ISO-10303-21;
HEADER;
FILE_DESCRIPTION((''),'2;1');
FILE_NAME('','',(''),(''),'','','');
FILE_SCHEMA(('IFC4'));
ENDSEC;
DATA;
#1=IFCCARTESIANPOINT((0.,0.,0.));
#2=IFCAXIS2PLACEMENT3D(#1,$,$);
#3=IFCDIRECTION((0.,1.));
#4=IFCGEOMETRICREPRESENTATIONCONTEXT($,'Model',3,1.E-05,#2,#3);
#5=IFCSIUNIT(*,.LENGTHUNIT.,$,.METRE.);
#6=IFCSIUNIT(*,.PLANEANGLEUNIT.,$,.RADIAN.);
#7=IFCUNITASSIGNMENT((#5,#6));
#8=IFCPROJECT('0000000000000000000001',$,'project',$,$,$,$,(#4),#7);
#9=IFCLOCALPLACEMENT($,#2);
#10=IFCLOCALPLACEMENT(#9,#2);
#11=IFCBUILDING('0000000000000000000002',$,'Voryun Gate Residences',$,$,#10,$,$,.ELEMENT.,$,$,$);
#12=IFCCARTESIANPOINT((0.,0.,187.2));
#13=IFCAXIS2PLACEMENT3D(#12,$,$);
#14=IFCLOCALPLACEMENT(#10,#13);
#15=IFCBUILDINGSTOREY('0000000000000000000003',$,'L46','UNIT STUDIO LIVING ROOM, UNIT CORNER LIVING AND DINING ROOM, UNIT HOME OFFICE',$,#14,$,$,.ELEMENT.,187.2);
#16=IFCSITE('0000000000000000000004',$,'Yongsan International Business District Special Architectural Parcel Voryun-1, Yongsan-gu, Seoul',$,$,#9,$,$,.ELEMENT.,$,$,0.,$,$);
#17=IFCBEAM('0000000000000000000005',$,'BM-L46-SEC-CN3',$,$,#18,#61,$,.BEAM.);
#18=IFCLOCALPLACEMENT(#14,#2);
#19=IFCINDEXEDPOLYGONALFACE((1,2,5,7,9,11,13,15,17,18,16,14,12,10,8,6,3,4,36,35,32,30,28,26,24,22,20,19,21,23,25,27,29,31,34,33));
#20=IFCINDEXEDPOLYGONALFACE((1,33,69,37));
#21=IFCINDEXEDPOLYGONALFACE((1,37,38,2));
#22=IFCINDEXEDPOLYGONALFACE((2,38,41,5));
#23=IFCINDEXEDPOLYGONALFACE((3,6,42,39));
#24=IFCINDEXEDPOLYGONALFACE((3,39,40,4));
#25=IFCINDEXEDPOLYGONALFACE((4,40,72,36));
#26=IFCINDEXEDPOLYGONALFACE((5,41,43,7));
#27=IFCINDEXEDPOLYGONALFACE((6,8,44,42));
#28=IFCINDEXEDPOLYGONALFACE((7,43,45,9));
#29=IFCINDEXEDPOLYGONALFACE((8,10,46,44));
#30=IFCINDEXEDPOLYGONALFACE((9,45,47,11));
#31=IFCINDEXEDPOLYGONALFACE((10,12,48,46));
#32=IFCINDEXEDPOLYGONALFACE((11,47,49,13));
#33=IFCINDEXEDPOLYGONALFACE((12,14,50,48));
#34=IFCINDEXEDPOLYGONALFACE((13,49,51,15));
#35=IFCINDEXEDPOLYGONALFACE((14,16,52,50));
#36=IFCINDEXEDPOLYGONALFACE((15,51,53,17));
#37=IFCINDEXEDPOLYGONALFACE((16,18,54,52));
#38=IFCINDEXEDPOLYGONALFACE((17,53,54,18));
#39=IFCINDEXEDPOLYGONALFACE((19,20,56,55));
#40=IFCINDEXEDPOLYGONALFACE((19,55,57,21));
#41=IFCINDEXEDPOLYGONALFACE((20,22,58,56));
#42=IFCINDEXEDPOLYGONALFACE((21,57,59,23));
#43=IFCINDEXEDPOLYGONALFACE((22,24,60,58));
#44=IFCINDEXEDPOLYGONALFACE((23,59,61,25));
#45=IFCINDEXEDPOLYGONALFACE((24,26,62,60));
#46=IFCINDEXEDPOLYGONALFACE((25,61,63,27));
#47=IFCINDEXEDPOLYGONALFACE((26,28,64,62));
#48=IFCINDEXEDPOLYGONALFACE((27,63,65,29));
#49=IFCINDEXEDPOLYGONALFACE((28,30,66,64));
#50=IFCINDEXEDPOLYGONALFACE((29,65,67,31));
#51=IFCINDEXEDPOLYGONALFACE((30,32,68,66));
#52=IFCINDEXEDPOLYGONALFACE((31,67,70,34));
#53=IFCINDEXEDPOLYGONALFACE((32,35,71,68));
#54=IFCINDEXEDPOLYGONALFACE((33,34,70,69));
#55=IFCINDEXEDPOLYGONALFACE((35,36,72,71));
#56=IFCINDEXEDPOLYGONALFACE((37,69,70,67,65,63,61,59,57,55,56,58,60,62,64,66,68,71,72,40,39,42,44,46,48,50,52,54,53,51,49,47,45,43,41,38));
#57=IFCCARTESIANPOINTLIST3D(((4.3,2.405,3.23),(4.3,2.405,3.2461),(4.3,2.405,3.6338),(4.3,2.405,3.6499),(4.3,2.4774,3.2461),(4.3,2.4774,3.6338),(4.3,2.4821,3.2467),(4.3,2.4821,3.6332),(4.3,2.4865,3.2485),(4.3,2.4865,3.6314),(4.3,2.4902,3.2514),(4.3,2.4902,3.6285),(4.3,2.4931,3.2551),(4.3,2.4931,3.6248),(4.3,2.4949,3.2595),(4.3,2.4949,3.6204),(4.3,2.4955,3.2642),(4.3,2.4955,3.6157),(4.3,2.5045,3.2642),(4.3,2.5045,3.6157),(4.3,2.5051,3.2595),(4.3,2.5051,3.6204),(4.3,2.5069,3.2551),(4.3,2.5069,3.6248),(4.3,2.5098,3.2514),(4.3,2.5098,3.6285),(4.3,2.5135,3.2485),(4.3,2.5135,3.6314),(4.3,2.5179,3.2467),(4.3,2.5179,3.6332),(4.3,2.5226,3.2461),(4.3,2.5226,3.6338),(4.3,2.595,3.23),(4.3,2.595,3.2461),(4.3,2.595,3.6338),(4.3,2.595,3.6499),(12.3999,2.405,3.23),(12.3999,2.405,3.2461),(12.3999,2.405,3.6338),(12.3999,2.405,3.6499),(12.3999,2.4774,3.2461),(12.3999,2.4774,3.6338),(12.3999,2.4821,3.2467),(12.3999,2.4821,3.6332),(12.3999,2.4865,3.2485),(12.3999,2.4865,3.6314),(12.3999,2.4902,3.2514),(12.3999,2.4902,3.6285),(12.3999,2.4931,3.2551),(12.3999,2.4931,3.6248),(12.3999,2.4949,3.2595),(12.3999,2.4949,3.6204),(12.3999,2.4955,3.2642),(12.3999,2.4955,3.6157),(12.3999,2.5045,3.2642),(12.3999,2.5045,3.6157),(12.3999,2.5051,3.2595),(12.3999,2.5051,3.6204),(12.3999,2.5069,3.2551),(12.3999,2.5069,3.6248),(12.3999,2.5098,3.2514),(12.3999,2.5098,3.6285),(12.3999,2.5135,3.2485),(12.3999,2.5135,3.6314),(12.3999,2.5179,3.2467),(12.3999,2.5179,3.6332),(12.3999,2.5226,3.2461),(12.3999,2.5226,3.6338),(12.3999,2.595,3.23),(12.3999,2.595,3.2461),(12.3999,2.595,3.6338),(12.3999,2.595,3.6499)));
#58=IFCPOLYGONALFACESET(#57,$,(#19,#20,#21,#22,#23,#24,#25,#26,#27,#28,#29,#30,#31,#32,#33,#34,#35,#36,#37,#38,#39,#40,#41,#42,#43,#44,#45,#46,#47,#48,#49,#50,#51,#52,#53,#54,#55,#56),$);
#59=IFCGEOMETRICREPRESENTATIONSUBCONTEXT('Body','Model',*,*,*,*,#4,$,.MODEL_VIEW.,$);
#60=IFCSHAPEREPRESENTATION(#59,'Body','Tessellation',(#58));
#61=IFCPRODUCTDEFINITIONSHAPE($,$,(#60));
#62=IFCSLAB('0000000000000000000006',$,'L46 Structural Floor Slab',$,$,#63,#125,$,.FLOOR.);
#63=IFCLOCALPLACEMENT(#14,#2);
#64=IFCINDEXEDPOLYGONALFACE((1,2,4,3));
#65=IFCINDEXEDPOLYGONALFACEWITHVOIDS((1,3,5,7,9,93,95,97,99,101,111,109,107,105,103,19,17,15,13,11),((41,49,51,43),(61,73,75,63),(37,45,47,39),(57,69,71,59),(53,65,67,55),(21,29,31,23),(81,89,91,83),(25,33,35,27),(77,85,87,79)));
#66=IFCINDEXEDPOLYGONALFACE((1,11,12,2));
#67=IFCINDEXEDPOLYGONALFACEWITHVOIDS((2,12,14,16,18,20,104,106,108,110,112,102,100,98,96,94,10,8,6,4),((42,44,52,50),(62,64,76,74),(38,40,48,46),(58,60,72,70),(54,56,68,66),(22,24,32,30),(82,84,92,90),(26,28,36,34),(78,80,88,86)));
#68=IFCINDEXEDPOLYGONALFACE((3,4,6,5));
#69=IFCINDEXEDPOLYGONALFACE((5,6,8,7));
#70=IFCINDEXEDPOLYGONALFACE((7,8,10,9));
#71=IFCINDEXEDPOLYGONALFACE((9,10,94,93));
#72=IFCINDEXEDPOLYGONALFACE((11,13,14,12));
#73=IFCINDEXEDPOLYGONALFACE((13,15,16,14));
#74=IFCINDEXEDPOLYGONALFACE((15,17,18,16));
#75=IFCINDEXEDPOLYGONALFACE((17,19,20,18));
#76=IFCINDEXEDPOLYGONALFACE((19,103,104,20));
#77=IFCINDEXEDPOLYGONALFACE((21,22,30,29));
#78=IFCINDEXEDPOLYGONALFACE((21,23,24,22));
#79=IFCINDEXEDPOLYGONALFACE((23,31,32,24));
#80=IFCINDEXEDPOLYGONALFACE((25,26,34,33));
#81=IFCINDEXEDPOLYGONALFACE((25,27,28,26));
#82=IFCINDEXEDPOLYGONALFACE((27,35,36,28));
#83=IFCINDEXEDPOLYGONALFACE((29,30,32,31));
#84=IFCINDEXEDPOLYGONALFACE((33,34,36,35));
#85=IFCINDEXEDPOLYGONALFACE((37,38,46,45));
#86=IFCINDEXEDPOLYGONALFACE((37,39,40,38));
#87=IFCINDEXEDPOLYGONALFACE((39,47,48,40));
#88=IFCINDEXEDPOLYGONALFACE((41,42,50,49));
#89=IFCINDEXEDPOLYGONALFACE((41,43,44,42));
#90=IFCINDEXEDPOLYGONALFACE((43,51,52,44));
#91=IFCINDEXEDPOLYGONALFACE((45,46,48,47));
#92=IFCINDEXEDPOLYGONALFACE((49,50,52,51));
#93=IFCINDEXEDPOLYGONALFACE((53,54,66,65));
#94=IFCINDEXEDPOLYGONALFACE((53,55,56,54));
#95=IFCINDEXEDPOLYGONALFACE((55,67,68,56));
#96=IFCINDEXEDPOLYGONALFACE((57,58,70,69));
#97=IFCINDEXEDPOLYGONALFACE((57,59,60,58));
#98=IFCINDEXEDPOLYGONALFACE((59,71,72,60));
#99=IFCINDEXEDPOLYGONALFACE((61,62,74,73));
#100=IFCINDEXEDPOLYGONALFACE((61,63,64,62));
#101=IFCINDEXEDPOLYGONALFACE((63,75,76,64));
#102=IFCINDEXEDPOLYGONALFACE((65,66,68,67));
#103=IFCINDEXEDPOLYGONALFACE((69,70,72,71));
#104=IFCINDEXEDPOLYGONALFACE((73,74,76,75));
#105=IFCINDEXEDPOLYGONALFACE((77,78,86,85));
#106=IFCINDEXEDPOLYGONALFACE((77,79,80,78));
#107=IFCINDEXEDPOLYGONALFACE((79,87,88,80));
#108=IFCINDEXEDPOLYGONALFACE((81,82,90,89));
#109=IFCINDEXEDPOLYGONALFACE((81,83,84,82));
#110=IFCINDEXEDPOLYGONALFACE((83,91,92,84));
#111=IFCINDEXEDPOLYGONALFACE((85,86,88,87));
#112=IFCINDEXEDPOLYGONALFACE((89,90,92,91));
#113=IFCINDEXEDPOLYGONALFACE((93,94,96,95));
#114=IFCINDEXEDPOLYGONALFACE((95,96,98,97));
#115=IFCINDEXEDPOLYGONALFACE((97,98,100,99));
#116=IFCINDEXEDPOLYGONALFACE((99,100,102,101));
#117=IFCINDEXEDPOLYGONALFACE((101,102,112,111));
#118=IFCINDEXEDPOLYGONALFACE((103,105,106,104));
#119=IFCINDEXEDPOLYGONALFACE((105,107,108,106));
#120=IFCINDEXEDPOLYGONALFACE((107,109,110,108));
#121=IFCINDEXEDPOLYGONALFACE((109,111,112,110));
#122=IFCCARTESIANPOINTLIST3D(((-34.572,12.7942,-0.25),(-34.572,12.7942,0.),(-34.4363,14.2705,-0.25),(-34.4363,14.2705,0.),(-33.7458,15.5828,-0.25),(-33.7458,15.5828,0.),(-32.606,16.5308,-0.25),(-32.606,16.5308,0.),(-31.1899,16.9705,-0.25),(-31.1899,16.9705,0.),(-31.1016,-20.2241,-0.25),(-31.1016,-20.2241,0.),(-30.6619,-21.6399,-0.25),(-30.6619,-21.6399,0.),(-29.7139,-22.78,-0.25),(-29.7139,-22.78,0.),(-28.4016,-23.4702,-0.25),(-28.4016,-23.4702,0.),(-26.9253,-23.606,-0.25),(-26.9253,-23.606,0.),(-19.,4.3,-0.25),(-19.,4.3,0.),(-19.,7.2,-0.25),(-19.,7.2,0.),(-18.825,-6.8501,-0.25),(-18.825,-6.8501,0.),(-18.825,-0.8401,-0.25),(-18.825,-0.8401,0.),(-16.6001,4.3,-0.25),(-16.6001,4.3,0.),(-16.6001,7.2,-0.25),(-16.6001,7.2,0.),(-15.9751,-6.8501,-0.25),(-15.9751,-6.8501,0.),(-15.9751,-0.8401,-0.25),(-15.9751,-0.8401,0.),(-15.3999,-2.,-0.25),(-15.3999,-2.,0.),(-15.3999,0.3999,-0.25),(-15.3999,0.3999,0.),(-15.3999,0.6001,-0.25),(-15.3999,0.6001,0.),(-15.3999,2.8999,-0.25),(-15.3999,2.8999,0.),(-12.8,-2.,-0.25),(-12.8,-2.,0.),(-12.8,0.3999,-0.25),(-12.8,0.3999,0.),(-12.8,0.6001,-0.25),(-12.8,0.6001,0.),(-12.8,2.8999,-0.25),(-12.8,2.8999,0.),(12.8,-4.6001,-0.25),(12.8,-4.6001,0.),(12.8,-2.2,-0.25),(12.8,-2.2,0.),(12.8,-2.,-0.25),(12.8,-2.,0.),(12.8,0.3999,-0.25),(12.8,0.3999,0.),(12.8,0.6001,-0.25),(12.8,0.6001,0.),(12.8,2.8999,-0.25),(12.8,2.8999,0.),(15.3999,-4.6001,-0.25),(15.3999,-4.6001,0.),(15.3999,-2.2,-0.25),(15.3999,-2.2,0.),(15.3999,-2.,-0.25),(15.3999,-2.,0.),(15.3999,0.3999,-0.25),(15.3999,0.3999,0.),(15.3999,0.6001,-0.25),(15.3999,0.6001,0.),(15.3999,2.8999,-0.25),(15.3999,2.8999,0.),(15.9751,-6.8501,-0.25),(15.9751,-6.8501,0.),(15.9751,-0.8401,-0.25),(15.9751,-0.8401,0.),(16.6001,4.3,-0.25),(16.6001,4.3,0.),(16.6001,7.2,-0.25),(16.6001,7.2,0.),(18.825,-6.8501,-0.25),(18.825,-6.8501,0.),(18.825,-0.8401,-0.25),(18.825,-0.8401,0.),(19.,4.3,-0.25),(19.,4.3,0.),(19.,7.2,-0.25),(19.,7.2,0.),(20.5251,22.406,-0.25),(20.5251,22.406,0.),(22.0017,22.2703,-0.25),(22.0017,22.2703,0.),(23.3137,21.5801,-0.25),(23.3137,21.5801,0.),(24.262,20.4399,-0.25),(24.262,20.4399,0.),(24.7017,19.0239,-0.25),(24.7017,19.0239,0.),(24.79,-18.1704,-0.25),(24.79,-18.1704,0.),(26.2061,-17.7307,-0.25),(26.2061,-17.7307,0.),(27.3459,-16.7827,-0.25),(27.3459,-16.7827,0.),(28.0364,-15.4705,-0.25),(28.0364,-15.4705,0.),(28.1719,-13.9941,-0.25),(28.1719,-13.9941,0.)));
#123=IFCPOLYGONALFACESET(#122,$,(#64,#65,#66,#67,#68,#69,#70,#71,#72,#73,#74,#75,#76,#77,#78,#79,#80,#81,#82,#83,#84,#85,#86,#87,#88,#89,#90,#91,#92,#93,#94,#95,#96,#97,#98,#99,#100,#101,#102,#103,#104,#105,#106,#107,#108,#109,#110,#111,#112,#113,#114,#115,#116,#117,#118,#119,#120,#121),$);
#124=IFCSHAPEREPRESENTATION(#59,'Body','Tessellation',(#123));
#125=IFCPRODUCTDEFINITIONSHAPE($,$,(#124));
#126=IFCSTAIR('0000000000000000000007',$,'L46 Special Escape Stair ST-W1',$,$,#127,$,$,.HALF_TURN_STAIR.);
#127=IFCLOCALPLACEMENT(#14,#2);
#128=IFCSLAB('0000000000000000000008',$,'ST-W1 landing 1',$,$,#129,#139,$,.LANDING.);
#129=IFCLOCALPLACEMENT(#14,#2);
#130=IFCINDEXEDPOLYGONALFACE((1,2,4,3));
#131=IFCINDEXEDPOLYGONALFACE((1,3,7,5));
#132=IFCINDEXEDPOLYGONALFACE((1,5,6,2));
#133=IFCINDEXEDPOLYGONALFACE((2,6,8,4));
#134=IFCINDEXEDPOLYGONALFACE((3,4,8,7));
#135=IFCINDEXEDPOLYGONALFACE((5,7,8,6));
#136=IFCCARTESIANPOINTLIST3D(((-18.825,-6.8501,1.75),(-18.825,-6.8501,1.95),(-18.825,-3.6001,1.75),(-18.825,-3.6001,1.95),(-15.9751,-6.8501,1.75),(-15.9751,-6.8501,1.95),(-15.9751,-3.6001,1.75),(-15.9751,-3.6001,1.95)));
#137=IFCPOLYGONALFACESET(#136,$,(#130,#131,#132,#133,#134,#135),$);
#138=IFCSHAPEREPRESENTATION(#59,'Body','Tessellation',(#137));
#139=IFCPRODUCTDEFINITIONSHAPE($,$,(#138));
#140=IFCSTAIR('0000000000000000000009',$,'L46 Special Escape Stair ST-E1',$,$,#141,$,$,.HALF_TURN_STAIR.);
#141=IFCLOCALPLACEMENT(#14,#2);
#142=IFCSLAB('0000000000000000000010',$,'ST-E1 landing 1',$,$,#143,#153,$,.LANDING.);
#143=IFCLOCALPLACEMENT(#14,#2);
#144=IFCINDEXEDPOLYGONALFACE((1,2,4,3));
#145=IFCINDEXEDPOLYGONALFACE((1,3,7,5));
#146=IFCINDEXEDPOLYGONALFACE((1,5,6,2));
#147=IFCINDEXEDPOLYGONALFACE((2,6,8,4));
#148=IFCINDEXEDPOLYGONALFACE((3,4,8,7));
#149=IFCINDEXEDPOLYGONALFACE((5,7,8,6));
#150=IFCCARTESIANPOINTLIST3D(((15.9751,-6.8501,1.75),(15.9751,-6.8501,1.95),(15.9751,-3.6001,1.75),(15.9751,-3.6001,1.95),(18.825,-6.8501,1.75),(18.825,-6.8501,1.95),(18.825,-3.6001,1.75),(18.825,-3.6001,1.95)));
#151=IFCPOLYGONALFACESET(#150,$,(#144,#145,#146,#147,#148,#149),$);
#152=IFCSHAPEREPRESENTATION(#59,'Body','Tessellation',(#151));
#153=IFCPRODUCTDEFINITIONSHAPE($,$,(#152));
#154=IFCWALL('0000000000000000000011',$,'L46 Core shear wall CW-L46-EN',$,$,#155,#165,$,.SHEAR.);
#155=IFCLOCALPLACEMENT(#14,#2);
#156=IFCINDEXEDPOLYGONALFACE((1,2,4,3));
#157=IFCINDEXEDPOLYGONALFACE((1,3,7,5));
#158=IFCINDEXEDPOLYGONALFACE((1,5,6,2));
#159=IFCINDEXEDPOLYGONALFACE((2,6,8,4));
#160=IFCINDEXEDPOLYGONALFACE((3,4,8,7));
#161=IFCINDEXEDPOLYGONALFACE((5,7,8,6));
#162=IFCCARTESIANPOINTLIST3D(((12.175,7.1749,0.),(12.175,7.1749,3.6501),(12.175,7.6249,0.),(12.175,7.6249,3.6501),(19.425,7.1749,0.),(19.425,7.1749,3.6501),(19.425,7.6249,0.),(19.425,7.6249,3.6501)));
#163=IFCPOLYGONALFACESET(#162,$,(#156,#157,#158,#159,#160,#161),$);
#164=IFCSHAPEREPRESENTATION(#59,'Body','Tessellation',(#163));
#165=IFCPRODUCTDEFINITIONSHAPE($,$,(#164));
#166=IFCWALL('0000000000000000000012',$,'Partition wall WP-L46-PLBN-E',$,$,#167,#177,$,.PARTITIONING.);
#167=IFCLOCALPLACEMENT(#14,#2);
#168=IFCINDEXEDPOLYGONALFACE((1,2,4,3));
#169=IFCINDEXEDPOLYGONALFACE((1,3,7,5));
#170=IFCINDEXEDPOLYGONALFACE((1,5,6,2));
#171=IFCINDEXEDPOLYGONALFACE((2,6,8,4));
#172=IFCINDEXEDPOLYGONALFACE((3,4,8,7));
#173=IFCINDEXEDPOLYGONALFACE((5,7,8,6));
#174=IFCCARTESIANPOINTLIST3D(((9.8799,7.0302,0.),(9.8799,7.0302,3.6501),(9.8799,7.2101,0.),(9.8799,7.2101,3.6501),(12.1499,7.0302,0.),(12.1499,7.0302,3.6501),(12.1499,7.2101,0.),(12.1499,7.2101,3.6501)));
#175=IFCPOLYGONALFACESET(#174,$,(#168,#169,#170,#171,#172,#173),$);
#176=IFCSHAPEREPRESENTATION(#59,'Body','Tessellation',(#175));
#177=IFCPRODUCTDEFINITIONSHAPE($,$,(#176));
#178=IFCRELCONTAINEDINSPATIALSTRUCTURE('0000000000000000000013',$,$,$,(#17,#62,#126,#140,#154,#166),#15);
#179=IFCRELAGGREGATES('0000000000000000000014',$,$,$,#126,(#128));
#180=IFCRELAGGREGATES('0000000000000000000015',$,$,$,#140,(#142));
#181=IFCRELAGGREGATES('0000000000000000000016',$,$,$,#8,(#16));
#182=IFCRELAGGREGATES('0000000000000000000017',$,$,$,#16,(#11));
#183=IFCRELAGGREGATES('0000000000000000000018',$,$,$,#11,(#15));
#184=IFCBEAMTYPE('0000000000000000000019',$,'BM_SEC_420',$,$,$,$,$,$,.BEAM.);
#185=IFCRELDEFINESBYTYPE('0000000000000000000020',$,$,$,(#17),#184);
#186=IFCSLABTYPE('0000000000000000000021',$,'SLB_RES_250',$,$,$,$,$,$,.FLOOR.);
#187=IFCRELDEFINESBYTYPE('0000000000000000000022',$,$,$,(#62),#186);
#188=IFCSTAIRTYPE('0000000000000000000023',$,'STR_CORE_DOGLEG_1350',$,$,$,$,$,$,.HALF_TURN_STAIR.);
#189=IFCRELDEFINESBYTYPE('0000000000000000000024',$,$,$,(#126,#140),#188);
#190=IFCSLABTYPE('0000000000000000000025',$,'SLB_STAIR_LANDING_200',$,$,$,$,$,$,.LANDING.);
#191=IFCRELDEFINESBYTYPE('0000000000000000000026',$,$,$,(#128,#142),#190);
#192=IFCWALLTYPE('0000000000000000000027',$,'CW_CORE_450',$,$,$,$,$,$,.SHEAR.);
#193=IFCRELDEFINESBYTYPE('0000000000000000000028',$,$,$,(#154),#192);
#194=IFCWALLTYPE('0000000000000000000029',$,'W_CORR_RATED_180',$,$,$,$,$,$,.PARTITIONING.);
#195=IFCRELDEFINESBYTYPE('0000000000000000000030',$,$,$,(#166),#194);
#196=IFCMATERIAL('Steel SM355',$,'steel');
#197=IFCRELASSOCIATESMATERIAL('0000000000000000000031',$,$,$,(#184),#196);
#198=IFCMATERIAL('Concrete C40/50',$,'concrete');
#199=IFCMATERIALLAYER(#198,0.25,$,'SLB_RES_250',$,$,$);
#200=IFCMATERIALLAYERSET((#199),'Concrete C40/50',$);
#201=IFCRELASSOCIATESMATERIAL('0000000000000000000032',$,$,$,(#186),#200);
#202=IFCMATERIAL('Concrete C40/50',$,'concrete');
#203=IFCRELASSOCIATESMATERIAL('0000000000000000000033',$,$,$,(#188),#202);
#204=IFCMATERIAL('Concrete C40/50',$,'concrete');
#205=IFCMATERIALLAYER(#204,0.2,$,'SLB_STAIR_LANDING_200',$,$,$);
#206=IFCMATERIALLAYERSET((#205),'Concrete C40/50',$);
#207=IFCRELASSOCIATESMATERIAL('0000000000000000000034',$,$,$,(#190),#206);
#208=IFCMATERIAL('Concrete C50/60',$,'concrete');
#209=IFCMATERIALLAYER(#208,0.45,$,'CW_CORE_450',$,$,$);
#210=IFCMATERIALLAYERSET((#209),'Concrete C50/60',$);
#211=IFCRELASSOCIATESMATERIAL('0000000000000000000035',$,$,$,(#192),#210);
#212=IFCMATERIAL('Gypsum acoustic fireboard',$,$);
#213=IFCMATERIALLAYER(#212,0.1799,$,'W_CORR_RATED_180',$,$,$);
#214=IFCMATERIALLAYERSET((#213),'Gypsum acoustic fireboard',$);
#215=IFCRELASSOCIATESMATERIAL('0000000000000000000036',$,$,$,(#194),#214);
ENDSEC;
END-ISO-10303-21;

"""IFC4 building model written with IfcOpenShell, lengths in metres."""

from ifc_helpers import new_model, si_unit, direction, frame, frame_2d, origin, origin_2d, place, context, subcontext, project, spatial, polyline, rectangle, i_section, outline, extrude, material, layer, layer_set, material_profile, profile_set, type_object, element, aggregate, save


model = new_model("IFC4")

# Units and contexts
model_context = context("Model", 3, precision=1e-05, world=origin(), true_north=direction((0.0, 1.0)))
body_context = subcontext(model_context, "Body", "Model", "MODEL_VIEW")
ifc_project = project(units=[si_unit("LENGTHUNIT", "METRE"), si_unit("PLANEANGLEUNIT", "RADIAN")], contexts=[model_context])

# Site, building, storey
site_placement = place(None, origin())
site = spatial("IfcSite", under=ifc_project, at=site_placement, Name="Yongsan International Business District Special Architectural Parcel Voryun-1, Yongsan-gu, Seoul", CompositionType="ELEMENT", RefElevation=0.0)
building_placement = place(site_placement, origin())
building = spatial("IfcBuilding", under=site, at=building_placement, Name="Voryun Gate Residences", CompositionType="ELEMENT")
storey_placement = place(building_placement, frame((0.0, 0.0, 187.2)))
storey = spatial("IfcBuildingStorey", under=building, at=storey_placement, Name="L46", Description="UNIT STUDIO LIVING ROOM, UNIT CORNER LIVING AND DINING ROOM, UNIT HOME OFFICE", CompositionType="ELEMENT", Elevation=187.2)

# Beam
ifc_material_1 = material(Name="Steel SM355", Category="steel")
ifc_material_profile_1 = material_profile(ifc_material_1, i_section(OverallWidth=0.1899, OverallDepth=0.4199, WebThickness=0.009, FlangeThickness=0.0161, FilletRadius=0.0181, at=origin_2d()), Name="H-420x190x9x16")
ifc_profile_set_1 = profile_set([ifc_material_profile_1], Name="Steel SM355")
beam_type_1 = type_object("IfcBeamType", Name="BM_SEC_420", PredefinedType="BEAM", material=ifc_profile_set_1)
for number, where, z_axis, x_axis, name in (
    (1, (4.3, 2.5, 3.4399), (1.0, 0.0, 0.0), (0.0, 1.0, 0.0), "BM-L46-SEC-CN3"),
):
    element("IfcBeam", number, at=place(storey_placement, frame(where, z_axis=z_axis, x_axis=x_axis)), inside=storey, type_object=beam_type_1, Name=name, PredefinedType="BEAM", context=body_context, shape_type="SweptSolid", body=[
        extrude(i_section(OverallWidth=0.1899, OverallDepth=0.4199, WebThickness=0.009, FlangeThickness=0.0161, FilletRadius=0.0181, at=origin_2d()), origin(), (0.0, 0.0, 1.0), 8.0999),
    ])

# Slab
ifc_material_2 = material(Name="Concrete C40/50", Category="concrete")
ifc_layer_1 = layer(ifc_material_2, 0.25, Name="SLB_RES_250")
ifc_layer_set_1 = layer_set([ifc_layer_1], Name="Concrete C40/50")
slab_type_1 = type_object("IfcSlabType", Name="SLB_RES_250", PredefinedType="FLOOR", material=ifc_layer_set_1)
slab_1_placement = place(storey_placement, frame((0.0, 0.0, -0.25)))
element("IfcSlab", 2, at=slab_1_placement, inside=storey, type_object=slab_type_1, Name="L46 Structural Floor Slab", PredefinedType="FLOOR", context=body_context, shape_type="SweptSolid", body=[
    extrude(outline(polyline([(-26.9253, -23.606), (-28.4016, -23.4702), (-29.7139, -22.78), (-30.6619, -21.6399), (-31.1016, -20.2241), (-34.572, 12.7942), (-34.4363, 14.2705), (-33.7458, 15.5828), (-32.606, 16.5308), (-31.1899, 16.9705), (20.5251, 22.406), (22.0017, 22.2703), (23.3137, 21.5801), (24.262, 20.4399), (24.7017, 19.0239), (28.1719, -13.9941), (28.0364, -15.4705), (27.3459, -16.7827), (26.2061, -17.7307), (24.79, -18.1704), (-26.9253, -23.606)]), holes=[polyline([(-15.9751, -6.8501), (-15.9751, -0.8401), (-18.825, -0.8401), (-18.825, -6.8501), (-15.9751, -6.8501)]), polyline([(18.825, -6.8501), (18.825, -0.8401), (15.9751, -0.8401), (15.9751, -6.8501), (18.825, -6.8501)]), polyline([(15.3999, -2.2), (12.8, -2.2), (12.8, -4.6001), (15.3999, -4.6001), (15.3999, -2.2)]), polyline([(-12.8, 0.3999), (-15.3999, 0.3999), (-15.3999, -2.0), (-12.8, -2.0), (-12.8, 0.3999)]), polyline([(15.3999, 0.3999), (12.8, 0.3999), (12.8, -2.0), (15.3999, -2.0), (15.3999, 0.3999)]), polyline([(-12.8, 2.8999), (-15.3999, 2.8999), (-15.3999, 0.6001), (-12.8, 0.6001), (-12.8, 2.8999)]), polyline([(15.3999, 2.8999), (12.8, 2.8999), (12.8, 0.6001), (15.3999, 0.6001), (15.3999, 2.8999)]), polyline([(-16.6001, 4.3), (-16.6001, 7.2), (-19.0, 7.2), (-19.0, 4.3), (-16.6001, 4.3)]), polyline([(19.0, 4.3), (19.0, 7.2), (16.6001, 7.2), (16.6001, 4.3), (19.0, 4.3)])]), origin(), (0.0, 0.0, 1.0), 0.25),
])

# Stairs, slabs
ifc_material_3 = material(Name="Concrete C40/50", Category="concrete")
stair_type = type_object("IfcStairType", Name="STR_CORE_DOGLEG_1350", PredefinedType="HALF_TURN_STAIR", material=ifc_material_3)
stair_1_placement = place(storey_placement, origin())
stair_1 = element("IfcStair", 3, at=stair_1_placement, inside=storey, type_object=stair_type, Name="L46 Special Escape Stair ST-W1", PredefinedType="HALF_TURN_STAIR")
ifc_material_4 = material(Name="Concrete C40/50", Category="concrete")
ifc_layer_2 = layer(ifc_material_4, 0.2, Name="SLB_STAIR_LANDING_200")
ifc_layer_set_2 = layer_set([ifc_layer_2], Name="Concrete C40/50")
slab_type_2 = type_object("IfcSlabType", Name="SLB_STAIR_LANDING_200", PredefinedType="LANDING", material=ifc_layer_set_2)
slab_2_placement = place(storey_placement, frame((0.0, 0.0, 1.75)))
slab_2 = element("IfcSlab", 4, at=slab_2_placement, type_object=slab_type_2, Name="ST-W1 landing 1", PredefinedType="LANDING", context=body_context, shape_type="SweptSolid", body=[
    extrude(outline(polyline([(-18.825, -3.6001), (-18.825, -6.8501), (-15.9751, -6.8501), (-15.9751, -3.6001), (-18.825, -3.6001)])), origin(), (0.0, 0.0, 1.0), 0.2),
])
aggregate(stair_1, [slab_2])
stair_2_placement = place(storey_placement, origin())
stair_2 = element("IfcStair", 5, at=stair_2_placement, inside=storey, type_object=stair_type, Name="L46 Special Escape Stair ST-E1", PredefinedType="HALF_TURN_STAIR")
slab_3_placement = place(storey_placement, frame((0.0, 0.0, 1.75)))
slab_3 = element("IfcSlab", 6, at=slab_3_placement, type_object=slab_type_2, Name="ST-E1 landing 1", PredefinedType="LANDING", context=body_context, shape_type="SweptSolid", body=[
    extrude(outline(polyline([(15.9751, -3.6001), (15.9751, -6.8501), (18.825, -6.8501), (18.825, -3.6001), (15.9751, -3.6001)])), origin(), (0.0, 0.0, 1.0), 0.2),
])
aggregate(stair_2, [slab_3])

# Walls
ifc_material_5 = material(Name="Concrete C50/60", Category="concrete")
ifc_layer_3 = layer(ifc_material_5, 0.45, Name="CW_CORE_450")
ifc_layer_set_3 = layer_set([ifc_layer_3], Name="Concrete C50/60")
wall_type_1 = type_object("IfcWallType", Name="CW_CORE_450", PredefinedType="SHEAR", material=ifc_layer_set_3)
wall_1_placement = place(storey_placement, frame((12.175, 7.3999, 0.0), z_axis=(0.0, 0.0, 1.0), x_axis=(1.0, 0.0, 0.0)))
element("IfcWall", 7, at=wall_1_placement, inside=storey, type_object=wall_type_1, Name="L46 Core shear wall CW-L46-EN", PredefinedType="SHEAR", context=body_context, shape_type="SweptSolid", body=[
    extrude(rectangle(XDim=7.25, YDim=0.45, at=frame_2d((3.625, 0.0))), origin(), (0.0, 0.0, 1.0), 3.6501),
])
ifc_material_6 = material(Name="Gypsum acoustic fireboard")
ifc_layer_4 = layer(ifc_material_6, 0.1799, Name="W_CORR_RATED_180")
ifc_layer_set_4 = layer_set([ifc_layer_4], Name="Gypsum acoustic fireboard")
wall_type_2 = type_object("IfcWallType", Name="W_CORR_RATED_180", PredefinedType="PARTITIONING", material=ifc_layer_set_4)
wall_2_placement = place(storey_placement, frame((9.8799, 7.1201, 0.0), z_axis=(0.0, 0.0, 1.0), x_axis=(1.0, 0.0, 0.0)))
element("IfcWall", 8, at=wall_2_placement, inside=storey, type_object=wall_type_2, Name="Partition wall WP-L46-PLBN-E", PredefinedType="PARTITIONING", context=body_context, shape_type="SweptSolid", body=[
    extrude(rectangle(XDim=2.27, YDim=0.1799, at=frame_2d((1.135, 0.0))), origin(), (0.0, 0.0, 1.0), 3.6501),
])

save(model, "model.ifc")
